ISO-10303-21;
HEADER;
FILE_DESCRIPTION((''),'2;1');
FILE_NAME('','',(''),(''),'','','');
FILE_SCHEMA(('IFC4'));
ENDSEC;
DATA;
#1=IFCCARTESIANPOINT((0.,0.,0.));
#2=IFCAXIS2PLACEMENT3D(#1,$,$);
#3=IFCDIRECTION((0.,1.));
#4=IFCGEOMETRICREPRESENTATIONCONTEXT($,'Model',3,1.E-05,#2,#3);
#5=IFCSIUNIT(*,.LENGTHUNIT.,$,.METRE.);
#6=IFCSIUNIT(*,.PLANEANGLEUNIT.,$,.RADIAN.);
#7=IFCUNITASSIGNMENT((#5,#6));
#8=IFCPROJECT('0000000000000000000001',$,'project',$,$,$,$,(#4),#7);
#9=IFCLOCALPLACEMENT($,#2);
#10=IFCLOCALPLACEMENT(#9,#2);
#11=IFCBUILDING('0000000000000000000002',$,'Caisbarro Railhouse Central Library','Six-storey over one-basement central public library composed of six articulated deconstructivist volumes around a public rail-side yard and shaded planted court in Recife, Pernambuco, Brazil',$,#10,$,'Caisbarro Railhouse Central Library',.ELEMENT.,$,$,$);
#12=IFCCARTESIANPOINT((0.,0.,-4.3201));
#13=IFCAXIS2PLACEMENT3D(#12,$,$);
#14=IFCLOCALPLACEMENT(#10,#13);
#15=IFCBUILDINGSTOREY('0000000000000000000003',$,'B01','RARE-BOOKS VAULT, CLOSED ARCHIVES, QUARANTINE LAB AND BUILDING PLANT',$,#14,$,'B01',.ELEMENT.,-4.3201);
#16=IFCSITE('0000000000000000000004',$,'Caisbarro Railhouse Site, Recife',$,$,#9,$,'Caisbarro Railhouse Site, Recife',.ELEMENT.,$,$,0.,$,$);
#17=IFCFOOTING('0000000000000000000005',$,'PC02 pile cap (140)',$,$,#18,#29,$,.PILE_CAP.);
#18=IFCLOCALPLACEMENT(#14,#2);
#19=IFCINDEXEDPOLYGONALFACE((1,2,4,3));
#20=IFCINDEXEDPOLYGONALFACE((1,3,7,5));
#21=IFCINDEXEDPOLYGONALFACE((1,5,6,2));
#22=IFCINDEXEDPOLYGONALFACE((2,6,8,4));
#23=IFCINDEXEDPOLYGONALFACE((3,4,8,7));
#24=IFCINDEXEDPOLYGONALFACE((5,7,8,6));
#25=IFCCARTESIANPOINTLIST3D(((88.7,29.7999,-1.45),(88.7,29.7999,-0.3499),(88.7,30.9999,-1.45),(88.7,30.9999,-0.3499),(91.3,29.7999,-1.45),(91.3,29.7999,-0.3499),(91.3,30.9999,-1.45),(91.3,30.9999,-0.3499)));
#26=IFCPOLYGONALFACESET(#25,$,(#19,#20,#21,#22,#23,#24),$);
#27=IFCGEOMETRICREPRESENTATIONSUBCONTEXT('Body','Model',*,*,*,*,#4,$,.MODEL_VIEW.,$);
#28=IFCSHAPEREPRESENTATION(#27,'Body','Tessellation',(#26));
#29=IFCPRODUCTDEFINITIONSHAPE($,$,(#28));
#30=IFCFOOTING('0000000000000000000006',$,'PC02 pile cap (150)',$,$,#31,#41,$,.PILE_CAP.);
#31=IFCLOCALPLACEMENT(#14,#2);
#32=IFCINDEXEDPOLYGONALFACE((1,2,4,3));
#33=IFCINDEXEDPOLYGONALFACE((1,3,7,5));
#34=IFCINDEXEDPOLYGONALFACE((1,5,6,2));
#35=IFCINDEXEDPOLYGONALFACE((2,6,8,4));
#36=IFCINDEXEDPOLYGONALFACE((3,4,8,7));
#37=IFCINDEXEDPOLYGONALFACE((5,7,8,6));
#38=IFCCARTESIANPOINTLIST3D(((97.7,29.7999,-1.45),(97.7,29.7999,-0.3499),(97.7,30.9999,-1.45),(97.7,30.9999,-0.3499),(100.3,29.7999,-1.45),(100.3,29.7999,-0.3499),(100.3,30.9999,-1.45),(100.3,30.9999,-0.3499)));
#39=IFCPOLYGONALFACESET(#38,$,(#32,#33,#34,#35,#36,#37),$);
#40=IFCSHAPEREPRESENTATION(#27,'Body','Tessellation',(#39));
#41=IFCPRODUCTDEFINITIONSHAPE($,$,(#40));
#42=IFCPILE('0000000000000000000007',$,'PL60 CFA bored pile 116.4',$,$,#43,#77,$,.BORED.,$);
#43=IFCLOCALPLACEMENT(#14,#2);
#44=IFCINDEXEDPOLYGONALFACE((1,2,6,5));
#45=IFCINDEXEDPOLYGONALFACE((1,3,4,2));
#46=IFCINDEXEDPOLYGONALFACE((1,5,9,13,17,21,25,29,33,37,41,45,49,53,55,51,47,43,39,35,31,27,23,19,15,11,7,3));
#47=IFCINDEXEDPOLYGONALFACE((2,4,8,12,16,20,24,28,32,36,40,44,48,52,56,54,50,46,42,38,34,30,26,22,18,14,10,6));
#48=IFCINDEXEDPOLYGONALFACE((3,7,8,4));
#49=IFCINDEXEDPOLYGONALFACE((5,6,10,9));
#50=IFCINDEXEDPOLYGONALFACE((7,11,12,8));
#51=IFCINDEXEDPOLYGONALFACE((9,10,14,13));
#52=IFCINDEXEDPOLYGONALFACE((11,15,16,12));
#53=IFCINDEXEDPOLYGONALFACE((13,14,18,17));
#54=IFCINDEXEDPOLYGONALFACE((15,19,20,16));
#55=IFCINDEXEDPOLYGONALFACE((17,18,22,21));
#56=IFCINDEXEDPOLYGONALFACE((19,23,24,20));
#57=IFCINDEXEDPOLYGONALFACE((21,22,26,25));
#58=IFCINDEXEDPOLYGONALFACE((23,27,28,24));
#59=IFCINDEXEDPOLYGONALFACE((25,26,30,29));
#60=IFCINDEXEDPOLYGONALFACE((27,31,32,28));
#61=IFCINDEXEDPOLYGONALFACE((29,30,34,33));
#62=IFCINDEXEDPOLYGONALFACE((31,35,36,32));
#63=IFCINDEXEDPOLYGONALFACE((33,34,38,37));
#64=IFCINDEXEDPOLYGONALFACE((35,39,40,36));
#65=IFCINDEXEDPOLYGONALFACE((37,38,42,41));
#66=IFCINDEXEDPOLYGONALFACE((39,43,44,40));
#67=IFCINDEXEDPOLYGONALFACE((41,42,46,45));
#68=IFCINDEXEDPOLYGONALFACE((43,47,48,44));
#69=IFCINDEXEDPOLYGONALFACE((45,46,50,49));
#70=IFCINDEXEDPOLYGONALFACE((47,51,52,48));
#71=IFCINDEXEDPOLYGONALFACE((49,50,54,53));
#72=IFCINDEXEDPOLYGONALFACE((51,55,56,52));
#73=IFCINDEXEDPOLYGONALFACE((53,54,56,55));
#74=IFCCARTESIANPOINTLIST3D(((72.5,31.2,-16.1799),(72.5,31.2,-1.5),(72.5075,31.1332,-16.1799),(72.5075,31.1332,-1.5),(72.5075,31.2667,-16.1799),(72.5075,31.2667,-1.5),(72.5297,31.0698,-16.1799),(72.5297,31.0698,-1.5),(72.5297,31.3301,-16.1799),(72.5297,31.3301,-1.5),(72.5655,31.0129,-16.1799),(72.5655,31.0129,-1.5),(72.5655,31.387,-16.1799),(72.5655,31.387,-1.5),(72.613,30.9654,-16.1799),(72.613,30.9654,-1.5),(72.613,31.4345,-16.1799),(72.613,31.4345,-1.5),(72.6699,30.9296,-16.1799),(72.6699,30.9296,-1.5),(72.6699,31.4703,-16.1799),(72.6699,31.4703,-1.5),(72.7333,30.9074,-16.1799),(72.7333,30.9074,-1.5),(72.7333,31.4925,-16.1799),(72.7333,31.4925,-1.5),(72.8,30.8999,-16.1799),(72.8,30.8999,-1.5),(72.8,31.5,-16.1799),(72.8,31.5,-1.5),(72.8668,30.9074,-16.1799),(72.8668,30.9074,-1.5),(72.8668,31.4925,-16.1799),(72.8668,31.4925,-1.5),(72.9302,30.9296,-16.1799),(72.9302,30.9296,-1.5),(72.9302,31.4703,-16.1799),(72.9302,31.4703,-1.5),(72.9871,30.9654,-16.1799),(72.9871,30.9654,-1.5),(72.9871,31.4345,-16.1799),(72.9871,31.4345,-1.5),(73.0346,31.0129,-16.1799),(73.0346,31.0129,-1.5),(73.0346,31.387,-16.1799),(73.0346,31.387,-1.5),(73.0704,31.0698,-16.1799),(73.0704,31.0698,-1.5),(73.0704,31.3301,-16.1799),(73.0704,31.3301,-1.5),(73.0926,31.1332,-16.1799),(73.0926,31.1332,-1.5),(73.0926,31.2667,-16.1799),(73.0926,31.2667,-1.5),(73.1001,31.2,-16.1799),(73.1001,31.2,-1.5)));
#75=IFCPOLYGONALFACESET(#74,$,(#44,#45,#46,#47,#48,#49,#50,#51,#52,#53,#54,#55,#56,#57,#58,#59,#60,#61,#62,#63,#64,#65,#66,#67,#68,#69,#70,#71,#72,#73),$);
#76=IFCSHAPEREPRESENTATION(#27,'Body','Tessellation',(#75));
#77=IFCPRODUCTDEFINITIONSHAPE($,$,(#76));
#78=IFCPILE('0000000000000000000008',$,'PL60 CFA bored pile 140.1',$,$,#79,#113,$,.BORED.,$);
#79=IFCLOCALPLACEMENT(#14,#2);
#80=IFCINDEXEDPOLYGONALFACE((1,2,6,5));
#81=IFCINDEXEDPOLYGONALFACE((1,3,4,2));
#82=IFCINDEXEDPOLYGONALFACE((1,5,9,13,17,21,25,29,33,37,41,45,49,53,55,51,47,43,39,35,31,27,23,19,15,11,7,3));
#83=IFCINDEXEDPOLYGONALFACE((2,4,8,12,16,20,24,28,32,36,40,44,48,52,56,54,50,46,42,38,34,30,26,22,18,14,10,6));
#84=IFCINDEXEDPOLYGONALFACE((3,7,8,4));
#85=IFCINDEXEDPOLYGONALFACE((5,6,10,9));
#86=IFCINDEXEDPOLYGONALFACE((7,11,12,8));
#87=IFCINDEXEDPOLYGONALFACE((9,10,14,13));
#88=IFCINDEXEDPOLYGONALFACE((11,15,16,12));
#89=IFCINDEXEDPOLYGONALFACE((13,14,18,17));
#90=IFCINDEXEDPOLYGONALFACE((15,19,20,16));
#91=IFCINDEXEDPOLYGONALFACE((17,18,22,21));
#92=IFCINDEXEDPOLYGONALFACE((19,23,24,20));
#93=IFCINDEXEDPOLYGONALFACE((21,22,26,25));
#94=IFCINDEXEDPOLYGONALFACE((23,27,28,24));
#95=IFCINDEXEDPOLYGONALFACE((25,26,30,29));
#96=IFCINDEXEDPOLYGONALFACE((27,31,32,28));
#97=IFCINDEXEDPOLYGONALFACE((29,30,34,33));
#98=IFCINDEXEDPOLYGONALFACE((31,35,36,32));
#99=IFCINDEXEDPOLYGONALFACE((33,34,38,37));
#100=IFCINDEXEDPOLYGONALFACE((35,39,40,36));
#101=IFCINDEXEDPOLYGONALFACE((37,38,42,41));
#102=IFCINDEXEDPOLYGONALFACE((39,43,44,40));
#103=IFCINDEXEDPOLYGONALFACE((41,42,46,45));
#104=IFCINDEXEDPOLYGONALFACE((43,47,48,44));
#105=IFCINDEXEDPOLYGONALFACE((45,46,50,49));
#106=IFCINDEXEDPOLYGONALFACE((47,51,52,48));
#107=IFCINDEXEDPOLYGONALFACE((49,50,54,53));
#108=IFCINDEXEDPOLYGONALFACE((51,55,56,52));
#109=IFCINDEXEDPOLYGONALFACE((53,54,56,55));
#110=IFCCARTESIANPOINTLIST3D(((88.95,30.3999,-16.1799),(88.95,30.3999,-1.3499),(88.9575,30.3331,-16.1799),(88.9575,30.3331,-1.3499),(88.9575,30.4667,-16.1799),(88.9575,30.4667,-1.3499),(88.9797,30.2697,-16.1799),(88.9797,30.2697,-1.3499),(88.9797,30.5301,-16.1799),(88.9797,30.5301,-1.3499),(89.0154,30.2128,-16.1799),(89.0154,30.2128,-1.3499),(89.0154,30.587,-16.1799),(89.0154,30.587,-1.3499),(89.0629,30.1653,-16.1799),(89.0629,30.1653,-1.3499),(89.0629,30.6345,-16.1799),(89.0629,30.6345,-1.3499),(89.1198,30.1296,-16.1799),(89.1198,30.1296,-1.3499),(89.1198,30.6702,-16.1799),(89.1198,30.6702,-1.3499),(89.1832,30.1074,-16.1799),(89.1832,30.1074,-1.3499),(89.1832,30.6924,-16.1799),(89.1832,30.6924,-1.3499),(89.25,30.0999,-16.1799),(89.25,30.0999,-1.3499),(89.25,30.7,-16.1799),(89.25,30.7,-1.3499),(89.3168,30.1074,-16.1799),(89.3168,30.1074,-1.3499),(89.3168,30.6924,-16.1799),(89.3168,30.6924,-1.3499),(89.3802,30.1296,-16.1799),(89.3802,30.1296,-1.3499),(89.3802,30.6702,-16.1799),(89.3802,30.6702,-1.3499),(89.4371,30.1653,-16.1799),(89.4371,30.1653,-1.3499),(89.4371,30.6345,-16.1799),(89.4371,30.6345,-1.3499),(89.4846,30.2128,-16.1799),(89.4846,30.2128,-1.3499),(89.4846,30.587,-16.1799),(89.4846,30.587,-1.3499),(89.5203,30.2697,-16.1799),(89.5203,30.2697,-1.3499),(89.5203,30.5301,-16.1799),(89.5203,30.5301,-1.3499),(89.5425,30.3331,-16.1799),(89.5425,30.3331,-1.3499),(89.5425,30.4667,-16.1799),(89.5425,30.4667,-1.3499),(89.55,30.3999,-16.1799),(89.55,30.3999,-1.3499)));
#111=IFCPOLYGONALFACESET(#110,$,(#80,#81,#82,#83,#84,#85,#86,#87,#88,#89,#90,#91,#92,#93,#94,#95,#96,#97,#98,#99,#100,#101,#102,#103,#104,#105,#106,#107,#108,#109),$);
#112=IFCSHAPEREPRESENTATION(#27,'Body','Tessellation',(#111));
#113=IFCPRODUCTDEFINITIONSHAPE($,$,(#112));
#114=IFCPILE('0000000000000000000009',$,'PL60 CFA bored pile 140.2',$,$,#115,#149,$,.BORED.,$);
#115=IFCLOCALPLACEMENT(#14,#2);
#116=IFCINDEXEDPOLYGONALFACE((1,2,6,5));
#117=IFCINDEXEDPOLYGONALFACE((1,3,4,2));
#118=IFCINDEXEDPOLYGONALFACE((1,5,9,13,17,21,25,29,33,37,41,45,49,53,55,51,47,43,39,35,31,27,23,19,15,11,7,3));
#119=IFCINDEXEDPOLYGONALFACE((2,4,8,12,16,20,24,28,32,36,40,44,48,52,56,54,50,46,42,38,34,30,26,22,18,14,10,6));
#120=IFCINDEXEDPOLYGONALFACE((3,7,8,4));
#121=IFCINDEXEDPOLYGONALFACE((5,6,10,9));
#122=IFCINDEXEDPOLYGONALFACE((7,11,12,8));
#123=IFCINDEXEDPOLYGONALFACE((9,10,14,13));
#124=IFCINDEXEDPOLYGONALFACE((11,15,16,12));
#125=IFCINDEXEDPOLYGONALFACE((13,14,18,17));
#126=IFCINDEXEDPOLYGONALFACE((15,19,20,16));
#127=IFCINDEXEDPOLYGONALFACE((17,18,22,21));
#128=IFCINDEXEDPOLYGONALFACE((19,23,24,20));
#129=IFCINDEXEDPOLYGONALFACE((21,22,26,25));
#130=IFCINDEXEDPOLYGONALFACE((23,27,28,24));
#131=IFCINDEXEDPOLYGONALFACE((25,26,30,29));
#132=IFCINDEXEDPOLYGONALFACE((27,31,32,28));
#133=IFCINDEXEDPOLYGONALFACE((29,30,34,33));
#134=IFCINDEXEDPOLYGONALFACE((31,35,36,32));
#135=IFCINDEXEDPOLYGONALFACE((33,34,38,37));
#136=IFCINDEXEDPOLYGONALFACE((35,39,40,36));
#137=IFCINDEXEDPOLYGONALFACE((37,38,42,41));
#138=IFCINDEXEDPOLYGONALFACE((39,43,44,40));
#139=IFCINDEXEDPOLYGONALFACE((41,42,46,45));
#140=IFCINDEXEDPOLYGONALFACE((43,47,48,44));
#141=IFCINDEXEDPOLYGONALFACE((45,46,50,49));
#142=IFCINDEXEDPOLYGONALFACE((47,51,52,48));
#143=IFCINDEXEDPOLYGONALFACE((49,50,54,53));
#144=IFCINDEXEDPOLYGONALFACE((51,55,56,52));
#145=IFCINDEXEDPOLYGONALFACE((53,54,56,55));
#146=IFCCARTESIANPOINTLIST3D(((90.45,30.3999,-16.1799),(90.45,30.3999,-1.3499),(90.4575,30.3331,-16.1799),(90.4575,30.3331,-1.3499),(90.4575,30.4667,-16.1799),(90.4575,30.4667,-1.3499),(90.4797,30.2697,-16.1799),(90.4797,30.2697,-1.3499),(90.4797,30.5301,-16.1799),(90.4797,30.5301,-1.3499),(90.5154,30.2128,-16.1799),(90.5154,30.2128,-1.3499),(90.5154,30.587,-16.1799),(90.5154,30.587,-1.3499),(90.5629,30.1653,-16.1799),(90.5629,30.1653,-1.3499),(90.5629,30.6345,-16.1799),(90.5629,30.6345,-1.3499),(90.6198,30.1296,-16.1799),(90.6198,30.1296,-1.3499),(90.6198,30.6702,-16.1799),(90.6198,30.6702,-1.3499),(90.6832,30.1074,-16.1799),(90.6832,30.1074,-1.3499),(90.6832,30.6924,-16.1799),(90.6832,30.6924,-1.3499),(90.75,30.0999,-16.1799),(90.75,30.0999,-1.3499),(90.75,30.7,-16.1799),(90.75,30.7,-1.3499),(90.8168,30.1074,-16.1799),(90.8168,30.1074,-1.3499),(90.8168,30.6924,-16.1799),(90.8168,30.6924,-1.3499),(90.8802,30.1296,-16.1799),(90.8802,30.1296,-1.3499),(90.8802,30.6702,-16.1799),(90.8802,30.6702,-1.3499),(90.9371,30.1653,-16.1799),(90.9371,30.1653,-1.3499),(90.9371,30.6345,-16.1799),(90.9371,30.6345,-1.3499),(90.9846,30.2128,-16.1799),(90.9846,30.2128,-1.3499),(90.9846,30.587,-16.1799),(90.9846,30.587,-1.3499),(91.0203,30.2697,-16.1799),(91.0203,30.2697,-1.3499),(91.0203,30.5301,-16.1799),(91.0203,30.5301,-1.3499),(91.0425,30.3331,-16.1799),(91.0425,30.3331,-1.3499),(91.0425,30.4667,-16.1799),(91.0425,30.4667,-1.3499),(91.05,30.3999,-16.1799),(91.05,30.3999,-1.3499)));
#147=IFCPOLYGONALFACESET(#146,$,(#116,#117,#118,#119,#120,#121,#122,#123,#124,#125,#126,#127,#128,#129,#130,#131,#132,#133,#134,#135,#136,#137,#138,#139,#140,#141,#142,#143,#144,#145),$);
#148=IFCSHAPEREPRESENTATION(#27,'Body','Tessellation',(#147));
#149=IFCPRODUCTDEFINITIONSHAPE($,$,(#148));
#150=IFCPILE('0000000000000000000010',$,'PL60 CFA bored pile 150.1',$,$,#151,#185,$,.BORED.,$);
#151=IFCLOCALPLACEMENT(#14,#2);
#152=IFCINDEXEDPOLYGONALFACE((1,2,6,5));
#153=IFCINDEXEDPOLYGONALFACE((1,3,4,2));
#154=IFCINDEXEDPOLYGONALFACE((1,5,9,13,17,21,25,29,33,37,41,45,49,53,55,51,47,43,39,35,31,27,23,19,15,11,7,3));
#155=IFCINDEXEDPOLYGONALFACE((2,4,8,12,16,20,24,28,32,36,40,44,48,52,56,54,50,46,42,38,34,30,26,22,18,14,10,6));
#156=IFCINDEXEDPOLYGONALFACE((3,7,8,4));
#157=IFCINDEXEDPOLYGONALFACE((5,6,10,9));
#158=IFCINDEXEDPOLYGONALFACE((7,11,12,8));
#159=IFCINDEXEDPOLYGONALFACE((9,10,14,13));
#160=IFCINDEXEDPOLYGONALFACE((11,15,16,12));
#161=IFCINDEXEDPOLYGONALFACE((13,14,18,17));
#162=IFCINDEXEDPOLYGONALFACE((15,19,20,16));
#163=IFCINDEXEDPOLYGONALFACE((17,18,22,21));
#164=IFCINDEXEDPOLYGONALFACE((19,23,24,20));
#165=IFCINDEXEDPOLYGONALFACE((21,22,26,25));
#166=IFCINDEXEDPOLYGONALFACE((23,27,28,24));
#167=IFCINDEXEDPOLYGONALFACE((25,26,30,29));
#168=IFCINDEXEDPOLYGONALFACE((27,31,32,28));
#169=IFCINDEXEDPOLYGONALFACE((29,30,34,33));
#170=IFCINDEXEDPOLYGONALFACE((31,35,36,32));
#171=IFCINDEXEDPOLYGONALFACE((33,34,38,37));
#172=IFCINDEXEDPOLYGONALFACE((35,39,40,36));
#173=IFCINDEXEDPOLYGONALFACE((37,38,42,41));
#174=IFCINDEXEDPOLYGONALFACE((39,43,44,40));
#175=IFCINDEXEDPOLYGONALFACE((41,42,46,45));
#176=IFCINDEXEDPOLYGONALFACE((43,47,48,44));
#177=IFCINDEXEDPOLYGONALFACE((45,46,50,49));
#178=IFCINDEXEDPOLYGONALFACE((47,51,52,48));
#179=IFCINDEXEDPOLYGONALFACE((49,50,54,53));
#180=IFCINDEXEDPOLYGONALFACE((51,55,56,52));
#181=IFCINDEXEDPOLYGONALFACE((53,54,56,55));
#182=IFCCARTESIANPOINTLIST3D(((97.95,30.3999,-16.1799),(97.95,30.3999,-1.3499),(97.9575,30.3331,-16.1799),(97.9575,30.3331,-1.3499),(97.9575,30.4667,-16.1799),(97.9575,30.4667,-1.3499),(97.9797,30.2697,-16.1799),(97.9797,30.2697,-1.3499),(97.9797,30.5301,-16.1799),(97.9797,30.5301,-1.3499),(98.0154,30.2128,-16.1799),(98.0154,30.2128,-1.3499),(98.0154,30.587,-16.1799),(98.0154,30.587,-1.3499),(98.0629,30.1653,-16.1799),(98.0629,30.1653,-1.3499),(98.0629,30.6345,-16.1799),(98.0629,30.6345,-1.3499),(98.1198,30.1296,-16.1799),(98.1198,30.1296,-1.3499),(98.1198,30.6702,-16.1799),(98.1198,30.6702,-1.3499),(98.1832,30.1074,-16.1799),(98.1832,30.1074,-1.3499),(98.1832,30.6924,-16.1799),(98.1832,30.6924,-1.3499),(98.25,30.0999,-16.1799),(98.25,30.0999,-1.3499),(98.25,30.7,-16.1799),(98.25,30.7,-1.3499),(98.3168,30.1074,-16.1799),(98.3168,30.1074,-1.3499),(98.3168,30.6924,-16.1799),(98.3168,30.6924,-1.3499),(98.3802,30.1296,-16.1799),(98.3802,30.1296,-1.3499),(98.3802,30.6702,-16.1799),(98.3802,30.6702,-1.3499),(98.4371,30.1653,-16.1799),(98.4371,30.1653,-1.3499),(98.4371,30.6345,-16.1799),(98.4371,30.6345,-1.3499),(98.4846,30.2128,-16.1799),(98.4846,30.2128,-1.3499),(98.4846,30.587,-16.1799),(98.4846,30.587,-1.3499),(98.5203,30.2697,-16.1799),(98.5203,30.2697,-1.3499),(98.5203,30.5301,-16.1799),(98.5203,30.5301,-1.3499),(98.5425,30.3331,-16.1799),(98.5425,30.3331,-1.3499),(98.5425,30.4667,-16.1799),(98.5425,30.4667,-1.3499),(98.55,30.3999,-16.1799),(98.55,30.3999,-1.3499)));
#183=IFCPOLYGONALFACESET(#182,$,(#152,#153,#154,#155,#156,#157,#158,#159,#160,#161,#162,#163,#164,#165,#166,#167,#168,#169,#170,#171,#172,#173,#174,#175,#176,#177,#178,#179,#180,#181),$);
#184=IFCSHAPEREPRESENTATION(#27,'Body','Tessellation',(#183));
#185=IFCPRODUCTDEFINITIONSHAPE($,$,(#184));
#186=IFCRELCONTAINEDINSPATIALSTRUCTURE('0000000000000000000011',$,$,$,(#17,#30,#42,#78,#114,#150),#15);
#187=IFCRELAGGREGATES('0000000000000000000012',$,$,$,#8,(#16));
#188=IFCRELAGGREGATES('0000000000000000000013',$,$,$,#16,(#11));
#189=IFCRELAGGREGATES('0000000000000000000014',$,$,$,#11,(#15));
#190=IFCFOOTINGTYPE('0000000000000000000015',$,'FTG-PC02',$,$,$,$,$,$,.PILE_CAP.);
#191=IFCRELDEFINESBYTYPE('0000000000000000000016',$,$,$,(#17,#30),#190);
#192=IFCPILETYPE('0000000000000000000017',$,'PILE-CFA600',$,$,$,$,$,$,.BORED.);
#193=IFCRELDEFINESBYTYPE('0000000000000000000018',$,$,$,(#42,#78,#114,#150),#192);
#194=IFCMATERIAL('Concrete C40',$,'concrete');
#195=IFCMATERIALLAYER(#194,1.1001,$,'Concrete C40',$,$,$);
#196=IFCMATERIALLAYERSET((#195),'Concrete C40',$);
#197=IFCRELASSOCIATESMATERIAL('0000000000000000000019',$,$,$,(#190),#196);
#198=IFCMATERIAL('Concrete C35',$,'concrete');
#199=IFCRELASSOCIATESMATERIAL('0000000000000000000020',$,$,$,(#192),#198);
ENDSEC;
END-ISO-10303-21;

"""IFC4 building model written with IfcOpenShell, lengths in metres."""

from ifc_helpers import new_model, si_unit, direction, frame, origin, origin_2d, place, context, subcontext, project, spatial, rectangle, circle, extrude, material, layer, layer_set, material_profile, profile_set, type_object, element, save


model = new_model("IFC4")

# Units and contexts
model_context = context("Model", 3, precision=1e-05, world=origin(), true_north=direction((0.0, 1.0)))
body_context = subcontext(model_context, "Body", "Model", "MODEL_VIEW")
ifc_project = project(units=[si_unit("LENGTHUNIT", "METRE"), si_unit("PLANEANGLEUNIT", "RADIAN")], contexts=[model_context])

# Site, building, storey
site_placement = place(None, origin())
site = spatial("IfcSite", under=ifc_project, at=site_placement, Name="Caisbarro Railhouse Site, Recife", LongName="Caisbarro Railhouse Site, Recife", CompositionType="ELEMENT", RefElevation=0.0)
building_placement = place(site_placement, origin())
building = spatial("IfcBuilding", under=site, at=building_placement, Name="Caisbarro Railhouse Central Library", Description="Six-storey over one-basement central public library composed of six articulated deconstructivist volumes around a public rail-side yard and shaded planted court in Recife, Pernambuco, Brazil", LongName="Caisbarro Railhouse Central Library", CompositionType="ELEMENT")
storey_placement = place(building_placement, frame((0.0, 0.0, -4.3201)))
storey = spatial("IfcBuildingStorey", under=building, at=storey_placement, Name="B01", Description="RARE-BOOKS VAULT, CLOSED ARCHIVES, QUARANTINE LAB AND BUILDING PLANT", LongName="B01", CompositionType="ELEMENT", Elevation=-4.3201)

# Footings
ifc_material_1 = material(Name="Concrete C40", Category="concrete")
ifc_layer_1 = layer(ifc_material_1, 1.1001, Name="Concrete C40")
ifc_layer_set_1 = layer_set([ifc_layer_1], Name="Concrete C40")
footing_type = type_object("IfcFootingType", Name="FTG-PC02", PredefinedType="PILE_CAP", material=ifc_layer_set_1)
for number, where, z_axis, x_axis, name in (
    (1, (90.0, 30.3999, -1.45), (0.0, 0.0, 1.0), (1.0, 0.0, 0.0), "PC02 pile cap (140)"),
    (2, (99.0, 30.3999, -1.45), (0.0, 0.0, 1.0), (1.0, 0.0, 0.0), "PC02 pile cap (150)"),
):
    element("IfcFooting", number, at=place(storey_placement, frame(where, z_axis=z_axis, x_axis=x_axis)), inside=storey, type_object=footing_type, Name=name, PredefinedType="PILE_CAP", context=body_context, shape_type="SweptSolid", body=[
        extrude(rectangle(XDim=2.6001, YDim=1.2, at=origin_2d()), origin(), (0.0, 0.0, 1.0), 1.1001),
    ])

# Piles
ifc_material_2 = material(Name="Concrete C35", Category="concrete")
ifc_material_profile_1 = material_profile(ifc_material_2, circle(Radius=0.3, at=origin_2d()), Name="PILE-CFA-600")
ifc_profile_set_1 = profile_set([ifc_material_profile_1], Name="Concrete C35")
pile_type_1 = type_object("IfcPileType", Name="PILE-CFA600", PredefinedType="BORED", material=ifc_profile_set_1)
pile_1_placement = place(storey_placement, frame((72.8, 31.2, -1.5), z_axis=(0.0, 0.0, -1.0), x_axis=(1.0, 0.0, 0.0)))
element("IfcPile", 3, at=pile_1_placement, inside=storey, type_object=pile_type_1, Name="PL60 CFA bored pile 116.4", PredefinedType="BORED", context=body_context, shape_type="SweptSolid", body=[
    extrude(circle(Radius=0.3, at=origin_2d()), origin(), (0.0, 0.0, 1.0), 14.6799),
])
for number, where, z_axis, x_axis, name in (
    (4, (89.25, 30.3999, -1.3499), (0.0, 0.0, -1.0), (1.0, 0.0, 0.0), "PL60 CFA bored pile 140.1"),
    (5, (90.75, 30.3999, -1.3499), (0.0, 0.0, -1.0), (1.0, 0.0, 0.0), "PL60 CFA bored pile 140.2"),
    (6, (98.25, 30.3999, -1.3499), (0.0, 0.0, -1.0), (1.0, 0.0, 0.0), "PL60 CFA bored pile 150.1"),
):
    element("IfcPile", number, at=place(storey_placement, frame(where, z_axis=z_axis, x_axis=x_axis)), inside=storey, type_object=pile_type_1, Name=name, PredefinedType="BORED", context=body_context, shape_type="SweptSolid", body=[
        extrude(circle(Radius=0.3, at=origin_2d()), origin(), (0.0, 0.0, 1.0), 14.8301),
    ])

save(model, "model.ifc")
